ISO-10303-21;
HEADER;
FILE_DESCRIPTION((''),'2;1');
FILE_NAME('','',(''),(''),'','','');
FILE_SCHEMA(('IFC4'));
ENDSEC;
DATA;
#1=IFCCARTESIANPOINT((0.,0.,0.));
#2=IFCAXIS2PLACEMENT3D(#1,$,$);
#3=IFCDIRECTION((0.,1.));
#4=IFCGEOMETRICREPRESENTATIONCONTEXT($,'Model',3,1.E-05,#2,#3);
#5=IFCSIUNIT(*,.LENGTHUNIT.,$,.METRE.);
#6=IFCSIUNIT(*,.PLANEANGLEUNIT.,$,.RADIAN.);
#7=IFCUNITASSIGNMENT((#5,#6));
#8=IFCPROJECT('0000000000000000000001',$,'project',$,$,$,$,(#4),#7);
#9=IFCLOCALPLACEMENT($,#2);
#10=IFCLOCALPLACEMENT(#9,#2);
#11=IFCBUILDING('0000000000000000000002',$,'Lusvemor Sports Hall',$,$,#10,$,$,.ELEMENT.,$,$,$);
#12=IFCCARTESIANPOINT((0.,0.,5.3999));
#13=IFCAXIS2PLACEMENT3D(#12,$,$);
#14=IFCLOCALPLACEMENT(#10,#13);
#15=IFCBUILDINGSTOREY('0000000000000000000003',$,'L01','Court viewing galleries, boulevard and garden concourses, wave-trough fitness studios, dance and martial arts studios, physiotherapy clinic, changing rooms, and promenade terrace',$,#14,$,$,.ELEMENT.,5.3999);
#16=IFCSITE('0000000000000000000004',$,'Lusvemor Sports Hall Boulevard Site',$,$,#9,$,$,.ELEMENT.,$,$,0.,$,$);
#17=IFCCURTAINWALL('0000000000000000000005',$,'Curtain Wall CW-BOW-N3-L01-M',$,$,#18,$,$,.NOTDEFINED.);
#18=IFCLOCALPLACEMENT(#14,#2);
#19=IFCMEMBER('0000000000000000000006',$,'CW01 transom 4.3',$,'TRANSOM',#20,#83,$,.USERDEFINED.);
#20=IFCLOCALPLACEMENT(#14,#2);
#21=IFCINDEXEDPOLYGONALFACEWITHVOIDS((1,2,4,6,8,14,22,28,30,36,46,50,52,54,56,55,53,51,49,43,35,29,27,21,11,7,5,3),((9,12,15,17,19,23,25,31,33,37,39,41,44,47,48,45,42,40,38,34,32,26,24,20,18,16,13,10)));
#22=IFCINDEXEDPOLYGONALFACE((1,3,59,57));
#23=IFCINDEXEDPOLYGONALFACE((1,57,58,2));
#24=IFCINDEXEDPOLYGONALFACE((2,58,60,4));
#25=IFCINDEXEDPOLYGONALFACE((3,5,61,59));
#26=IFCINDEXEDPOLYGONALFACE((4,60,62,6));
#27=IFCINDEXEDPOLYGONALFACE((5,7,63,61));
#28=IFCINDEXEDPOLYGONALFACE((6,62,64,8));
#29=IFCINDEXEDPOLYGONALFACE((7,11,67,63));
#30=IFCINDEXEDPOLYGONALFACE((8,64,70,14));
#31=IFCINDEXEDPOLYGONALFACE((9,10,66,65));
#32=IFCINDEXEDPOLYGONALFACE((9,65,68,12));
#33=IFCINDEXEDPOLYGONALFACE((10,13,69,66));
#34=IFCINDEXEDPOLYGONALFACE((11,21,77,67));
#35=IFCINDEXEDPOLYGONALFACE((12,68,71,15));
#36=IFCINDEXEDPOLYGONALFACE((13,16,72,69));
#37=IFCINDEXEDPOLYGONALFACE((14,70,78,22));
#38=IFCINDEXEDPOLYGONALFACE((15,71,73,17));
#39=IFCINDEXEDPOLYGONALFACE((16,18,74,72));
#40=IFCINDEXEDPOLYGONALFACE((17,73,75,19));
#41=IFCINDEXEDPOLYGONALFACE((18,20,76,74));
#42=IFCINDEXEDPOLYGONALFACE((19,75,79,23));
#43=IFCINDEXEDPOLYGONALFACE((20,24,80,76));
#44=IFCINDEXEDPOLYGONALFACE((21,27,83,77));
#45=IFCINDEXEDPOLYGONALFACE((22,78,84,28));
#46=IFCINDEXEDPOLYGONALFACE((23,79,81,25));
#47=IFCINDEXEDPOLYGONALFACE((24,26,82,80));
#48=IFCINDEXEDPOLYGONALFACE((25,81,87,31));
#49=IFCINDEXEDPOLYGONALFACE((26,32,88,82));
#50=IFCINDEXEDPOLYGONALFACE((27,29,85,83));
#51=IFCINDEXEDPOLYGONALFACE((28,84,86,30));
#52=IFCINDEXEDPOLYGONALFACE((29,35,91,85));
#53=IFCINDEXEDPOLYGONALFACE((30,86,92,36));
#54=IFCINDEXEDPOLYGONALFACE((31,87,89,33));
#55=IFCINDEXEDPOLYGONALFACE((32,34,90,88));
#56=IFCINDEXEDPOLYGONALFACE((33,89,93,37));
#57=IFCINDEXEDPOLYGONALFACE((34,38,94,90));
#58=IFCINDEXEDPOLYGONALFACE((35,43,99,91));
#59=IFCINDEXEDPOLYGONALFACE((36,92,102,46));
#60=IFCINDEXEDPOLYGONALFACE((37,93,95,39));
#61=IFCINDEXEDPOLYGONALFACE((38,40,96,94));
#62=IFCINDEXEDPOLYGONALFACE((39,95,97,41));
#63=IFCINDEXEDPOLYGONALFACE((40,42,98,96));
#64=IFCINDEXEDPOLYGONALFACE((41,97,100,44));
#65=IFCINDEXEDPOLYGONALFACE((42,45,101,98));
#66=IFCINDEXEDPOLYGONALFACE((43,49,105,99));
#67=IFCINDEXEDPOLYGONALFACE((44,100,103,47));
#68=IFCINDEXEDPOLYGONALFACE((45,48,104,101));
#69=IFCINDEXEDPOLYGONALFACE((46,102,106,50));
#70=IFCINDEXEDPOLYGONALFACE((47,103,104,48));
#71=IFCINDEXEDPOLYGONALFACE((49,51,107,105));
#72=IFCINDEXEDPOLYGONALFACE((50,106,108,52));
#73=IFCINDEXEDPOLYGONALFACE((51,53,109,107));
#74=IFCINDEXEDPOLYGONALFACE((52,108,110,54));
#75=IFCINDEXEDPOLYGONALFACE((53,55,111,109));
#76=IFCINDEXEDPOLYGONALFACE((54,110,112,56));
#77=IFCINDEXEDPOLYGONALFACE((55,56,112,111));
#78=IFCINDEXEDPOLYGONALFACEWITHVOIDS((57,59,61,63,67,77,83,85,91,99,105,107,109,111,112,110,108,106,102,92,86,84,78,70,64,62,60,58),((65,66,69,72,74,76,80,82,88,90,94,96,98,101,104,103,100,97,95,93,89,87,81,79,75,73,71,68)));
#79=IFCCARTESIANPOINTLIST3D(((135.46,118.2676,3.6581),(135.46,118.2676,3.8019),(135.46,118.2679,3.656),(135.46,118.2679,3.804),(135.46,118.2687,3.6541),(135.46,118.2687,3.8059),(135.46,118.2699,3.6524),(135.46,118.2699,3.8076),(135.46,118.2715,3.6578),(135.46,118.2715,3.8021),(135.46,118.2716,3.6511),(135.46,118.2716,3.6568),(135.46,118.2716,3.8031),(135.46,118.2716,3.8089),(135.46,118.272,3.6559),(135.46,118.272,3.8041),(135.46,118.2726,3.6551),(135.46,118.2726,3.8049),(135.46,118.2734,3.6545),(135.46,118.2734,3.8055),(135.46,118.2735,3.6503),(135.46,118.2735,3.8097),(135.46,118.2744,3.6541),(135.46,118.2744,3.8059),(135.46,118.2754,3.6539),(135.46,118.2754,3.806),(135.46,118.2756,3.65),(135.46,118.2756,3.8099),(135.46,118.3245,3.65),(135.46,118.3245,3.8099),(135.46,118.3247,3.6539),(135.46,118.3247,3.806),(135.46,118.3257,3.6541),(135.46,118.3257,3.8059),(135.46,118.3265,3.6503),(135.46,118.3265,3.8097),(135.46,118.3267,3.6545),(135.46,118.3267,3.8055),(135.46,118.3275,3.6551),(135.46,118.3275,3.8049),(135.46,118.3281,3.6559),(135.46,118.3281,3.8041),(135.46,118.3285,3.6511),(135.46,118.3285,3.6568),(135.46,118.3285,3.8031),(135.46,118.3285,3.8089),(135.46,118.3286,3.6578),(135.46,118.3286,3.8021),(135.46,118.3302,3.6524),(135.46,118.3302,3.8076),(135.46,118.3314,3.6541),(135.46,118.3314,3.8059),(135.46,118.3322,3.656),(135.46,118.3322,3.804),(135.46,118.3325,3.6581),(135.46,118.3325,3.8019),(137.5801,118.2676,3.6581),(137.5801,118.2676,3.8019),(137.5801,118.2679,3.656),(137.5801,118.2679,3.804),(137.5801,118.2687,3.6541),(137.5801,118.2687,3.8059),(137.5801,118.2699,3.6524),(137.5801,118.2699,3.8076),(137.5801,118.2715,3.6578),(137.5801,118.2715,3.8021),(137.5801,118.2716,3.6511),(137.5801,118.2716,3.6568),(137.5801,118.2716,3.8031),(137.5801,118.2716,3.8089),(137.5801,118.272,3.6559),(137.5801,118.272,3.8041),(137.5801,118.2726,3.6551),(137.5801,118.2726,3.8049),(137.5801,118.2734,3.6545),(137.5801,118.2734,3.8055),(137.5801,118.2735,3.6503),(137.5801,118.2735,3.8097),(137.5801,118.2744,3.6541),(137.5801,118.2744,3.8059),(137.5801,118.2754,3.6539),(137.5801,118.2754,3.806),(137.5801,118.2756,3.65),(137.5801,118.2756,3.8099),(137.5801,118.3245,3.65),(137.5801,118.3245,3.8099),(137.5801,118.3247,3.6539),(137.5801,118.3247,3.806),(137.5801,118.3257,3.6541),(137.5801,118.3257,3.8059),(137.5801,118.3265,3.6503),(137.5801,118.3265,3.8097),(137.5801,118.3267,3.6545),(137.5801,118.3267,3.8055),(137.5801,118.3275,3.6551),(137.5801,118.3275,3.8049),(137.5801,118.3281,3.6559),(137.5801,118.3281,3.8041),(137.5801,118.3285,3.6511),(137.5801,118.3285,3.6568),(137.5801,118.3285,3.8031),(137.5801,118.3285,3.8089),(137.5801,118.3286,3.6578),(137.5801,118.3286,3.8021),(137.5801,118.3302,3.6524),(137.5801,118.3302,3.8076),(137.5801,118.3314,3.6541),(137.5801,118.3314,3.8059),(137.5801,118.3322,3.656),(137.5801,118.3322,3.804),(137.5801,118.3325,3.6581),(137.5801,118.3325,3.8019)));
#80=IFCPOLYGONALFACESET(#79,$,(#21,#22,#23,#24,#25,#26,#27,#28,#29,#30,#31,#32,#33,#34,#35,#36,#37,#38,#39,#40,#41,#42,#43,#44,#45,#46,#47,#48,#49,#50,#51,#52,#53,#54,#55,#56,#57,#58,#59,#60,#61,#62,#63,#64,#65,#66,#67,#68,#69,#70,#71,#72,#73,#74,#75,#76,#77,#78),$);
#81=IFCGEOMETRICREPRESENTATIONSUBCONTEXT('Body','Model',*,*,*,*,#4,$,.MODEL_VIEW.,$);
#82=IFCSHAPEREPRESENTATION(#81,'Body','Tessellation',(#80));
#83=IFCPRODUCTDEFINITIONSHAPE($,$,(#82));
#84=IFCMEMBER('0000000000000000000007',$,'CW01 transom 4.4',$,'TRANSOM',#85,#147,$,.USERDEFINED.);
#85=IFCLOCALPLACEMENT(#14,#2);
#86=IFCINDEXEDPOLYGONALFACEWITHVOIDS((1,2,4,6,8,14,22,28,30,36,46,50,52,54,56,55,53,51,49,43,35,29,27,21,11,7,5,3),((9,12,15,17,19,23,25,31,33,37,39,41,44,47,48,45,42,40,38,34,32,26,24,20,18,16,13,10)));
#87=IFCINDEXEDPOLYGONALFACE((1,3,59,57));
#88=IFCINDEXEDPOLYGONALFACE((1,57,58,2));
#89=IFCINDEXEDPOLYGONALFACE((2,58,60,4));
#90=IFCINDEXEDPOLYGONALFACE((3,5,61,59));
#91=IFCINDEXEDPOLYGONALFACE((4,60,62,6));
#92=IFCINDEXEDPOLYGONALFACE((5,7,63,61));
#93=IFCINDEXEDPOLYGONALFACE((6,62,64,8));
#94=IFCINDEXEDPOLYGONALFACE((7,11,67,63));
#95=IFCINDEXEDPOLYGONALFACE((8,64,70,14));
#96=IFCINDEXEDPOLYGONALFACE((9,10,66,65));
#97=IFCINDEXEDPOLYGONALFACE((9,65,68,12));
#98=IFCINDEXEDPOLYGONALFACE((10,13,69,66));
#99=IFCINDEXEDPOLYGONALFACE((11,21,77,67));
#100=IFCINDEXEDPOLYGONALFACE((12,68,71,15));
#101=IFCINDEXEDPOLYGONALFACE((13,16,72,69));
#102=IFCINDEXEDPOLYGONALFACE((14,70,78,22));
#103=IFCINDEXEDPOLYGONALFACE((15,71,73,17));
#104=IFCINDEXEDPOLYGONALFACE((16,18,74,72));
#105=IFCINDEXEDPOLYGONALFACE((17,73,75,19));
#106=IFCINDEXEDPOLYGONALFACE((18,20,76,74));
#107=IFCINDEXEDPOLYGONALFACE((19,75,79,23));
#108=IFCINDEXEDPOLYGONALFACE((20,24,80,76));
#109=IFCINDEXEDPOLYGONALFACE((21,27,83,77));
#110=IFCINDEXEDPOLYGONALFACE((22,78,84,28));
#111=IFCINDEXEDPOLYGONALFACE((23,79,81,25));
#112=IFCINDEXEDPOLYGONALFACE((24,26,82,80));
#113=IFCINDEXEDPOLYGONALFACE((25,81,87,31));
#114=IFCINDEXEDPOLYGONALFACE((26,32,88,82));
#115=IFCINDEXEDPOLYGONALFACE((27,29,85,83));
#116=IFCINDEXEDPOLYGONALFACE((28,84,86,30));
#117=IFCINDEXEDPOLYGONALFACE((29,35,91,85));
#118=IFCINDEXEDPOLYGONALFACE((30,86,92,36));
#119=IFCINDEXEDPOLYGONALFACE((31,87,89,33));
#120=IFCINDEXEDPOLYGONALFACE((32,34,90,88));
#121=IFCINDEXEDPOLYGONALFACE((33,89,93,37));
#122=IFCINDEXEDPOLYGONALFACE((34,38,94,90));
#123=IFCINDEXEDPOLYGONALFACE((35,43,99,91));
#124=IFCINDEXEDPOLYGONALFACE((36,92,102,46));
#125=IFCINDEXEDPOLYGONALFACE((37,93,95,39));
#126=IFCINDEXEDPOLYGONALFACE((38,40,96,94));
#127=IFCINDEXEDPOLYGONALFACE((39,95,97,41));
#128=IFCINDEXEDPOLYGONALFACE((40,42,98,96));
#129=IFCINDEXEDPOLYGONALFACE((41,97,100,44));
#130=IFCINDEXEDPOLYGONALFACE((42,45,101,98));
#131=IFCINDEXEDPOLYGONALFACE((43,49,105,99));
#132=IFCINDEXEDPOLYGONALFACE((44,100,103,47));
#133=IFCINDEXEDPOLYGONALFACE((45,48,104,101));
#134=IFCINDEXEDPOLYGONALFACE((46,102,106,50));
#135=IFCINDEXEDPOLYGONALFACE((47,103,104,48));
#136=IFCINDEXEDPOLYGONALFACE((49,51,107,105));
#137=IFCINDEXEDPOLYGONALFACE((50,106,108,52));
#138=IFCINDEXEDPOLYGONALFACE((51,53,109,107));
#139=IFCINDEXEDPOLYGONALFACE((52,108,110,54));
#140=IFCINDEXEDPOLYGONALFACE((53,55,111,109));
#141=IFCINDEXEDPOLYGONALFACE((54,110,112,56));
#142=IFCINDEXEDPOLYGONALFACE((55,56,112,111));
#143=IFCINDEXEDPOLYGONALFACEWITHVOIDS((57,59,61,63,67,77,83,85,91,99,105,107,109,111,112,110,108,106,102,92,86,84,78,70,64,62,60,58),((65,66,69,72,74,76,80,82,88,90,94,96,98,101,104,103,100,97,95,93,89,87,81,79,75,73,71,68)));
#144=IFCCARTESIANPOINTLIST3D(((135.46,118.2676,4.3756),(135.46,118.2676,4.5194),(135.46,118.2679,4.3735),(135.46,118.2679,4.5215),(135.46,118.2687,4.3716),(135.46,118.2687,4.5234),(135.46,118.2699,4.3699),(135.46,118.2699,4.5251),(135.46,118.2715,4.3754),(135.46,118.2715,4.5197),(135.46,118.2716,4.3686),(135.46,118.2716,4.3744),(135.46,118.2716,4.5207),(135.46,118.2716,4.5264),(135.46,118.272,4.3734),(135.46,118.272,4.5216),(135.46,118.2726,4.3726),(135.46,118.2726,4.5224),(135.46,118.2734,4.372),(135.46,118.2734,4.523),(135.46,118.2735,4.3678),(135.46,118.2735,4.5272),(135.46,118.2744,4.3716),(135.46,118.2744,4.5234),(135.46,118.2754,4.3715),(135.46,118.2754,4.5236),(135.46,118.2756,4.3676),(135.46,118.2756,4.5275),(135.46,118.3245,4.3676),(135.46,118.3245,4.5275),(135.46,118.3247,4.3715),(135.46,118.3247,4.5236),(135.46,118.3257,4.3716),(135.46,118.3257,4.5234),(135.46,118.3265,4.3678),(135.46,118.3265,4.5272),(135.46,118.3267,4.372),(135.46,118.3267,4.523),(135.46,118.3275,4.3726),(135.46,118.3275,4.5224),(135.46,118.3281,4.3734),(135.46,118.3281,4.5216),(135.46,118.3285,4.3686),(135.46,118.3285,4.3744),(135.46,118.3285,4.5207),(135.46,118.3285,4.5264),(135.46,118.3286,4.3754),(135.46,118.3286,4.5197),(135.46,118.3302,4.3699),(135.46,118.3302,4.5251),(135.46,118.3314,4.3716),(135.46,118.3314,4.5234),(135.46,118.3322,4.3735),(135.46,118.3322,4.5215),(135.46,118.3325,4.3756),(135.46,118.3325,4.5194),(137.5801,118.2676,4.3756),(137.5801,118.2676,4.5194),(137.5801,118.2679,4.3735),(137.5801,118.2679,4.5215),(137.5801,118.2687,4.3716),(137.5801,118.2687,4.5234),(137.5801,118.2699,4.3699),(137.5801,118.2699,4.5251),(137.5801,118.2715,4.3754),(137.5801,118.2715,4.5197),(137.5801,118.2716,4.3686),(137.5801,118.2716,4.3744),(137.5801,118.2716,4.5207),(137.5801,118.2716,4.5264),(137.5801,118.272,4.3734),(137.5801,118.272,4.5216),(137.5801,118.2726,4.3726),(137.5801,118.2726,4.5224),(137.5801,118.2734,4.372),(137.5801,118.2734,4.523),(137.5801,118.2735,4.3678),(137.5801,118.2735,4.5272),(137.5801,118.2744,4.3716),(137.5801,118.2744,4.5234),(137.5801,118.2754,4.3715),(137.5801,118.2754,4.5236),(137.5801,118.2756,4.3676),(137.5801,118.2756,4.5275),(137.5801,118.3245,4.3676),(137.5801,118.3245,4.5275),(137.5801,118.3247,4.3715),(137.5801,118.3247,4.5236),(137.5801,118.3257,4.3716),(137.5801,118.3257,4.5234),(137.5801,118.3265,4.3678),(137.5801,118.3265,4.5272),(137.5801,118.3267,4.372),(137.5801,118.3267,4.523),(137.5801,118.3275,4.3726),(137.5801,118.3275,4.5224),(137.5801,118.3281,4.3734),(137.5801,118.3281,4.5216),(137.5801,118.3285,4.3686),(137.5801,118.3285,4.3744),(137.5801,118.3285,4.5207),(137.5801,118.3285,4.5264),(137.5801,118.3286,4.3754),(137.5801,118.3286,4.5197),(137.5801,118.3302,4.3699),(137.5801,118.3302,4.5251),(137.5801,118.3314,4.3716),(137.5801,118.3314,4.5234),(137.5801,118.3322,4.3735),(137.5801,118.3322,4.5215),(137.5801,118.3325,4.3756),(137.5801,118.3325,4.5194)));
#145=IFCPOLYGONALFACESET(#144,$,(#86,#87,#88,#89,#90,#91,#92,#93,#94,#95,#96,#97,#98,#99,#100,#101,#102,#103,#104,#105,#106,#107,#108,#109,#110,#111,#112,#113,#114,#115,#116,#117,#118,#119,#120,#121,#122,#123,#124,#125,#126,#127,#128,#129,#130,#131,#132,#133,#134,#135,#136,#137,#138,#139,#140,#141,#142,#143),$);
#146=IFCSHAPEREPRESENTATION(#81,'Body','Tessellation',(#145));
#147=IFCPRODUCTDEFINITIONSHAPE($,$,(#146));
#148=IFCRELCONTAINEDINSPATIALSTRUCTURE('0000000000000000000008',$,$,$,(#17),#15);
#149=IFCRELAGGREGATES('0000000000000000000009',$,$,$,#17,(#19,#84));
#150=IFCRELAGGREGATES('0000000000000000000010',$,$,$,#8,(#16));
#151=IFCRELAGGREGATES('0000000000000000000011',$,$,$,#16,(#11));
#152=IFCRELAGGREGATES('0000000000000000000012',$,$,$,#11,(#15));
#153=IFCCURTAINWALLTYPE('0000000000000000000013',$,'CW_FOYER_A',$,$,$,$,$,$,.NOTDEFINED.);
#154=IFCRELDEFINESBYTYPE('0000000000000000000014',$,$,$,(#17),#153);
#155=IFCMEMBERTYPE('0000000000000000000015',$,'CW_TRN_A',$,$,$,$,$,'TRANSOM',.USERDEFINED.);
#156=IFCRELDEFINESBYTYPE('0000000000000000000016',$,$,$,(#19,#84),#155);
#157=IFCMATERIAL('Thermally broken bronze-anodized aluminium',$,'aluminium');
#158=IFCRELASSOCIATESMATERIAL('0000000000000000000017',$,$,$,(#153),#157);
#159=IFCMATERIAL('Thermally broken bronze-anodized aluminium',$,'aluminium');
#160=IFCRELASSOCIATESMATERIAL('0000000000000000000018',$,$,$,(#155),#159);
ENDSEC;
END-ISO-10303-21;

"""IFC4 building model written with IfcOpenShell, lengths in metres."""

from ifc_helpers import new_model, si_unit, direction, frame, origin, origin_2d, place, context, subcontext, project, spatial, hollow_rectangle, extrude, material, material_profile, profile_set, type_object, element, aggregate, save


model = new_model("IFC4")

# Units and contexts
model_context = context("Model", 3, precision=1e-05, world=origin(), true_north=direction((0.0, 1.0)))
body_context = subcontext(model_context, "Body", "Model", "MODEL_VIEW")
ifc_project = project(units=[si_unit("LENGTHUNIT", "METRE"), si_unit("PLANEANGLEUNIT", "RADIAN")], contexts=[model_context])

# Site, building, storey
site_placement = place(None, origin())
site = spatial("IfcSite", under=ifc_project, at=site_placement, Name="Lusvemor Sports Hall Boulevard Site", CompositionType="ELEMENT", RefElevation=0.0)
building_placement = place(site_placement, origin())
building = spatial("IfcBuilding", under=site, at=building_placement, Name="Lusvemor Sports Hall", CompositionType="ELEMENT")
storey_placement = place(building_placement, frame((0.0, 0.0, 5.3999)))
storey = spatial("IfcBuildingStorey", under=building, at=storey_placement, Name="L01", Description="Court viewing galleries, boulevard and garden concourses, wave-trough fitness studios, dance and martial arts studios, physiotherapy clinic, changing rooms, and promenade terrace", CompositionType="ELEMENT", Elevation=5.3999)

# Curtain wall
ifc_material_1 = material(Name="Thermally broken bronze-anodized aluminium", Category="aluminium")
curtain_wall_type_1 = type_object("IfcCurtainWallType", Name="CW_FOYER_A", PredefinedType="NOTDEFINED", material=ifc_material_1)
curtain_wall_1_placement = place(storey_placement, origin())
curtain_wall_1 = element("IfcCurtainWall", 1, at=curtain_wall_1_placement, inside=storey, type_object=curtain_wall_type_1, Name="Curtain Wall CW-BOW-N3-L01-M", PredefinedType="NOTDEFINED")

# Members
ifc_material_2 = material(Name="Thermally broken bronze-anodized aluminium", Category="aluminium")
ifc_material_profile_1 = material_profile(ifc_material_2, hollow_rectangle(XDim=0.0649, YDim=0.1599, WallThickness=0.0039, InnerFilletRadius=0.0039, OuterFilletRadius=0.0081, at=origin_2d()), Name="CWTRN160x65x4")
ifc_profile_set_1 = profile_set([ifc_material_profile_1], Name="Thermally broken bronze-anodized aluminium")
member_type_1 = type_object("IfcMemberType", Name="CW_TRN_A", ElementType="TRANSOM", PredefinedType="USERDEFINED", material=ifc_profile_set_1)
member_1_placement = place(storey_placement, frame((135.46, 118.3, 3.73), z_axis=(1.0, 0.0, 0.0), x_axis=(0.0, 1.0, 0.0)))
member_1 = element("IfcMember", 2, at=member_1_placement, type_object=member_type_1, Name="CW01 transom 4.3", ObjectType="TRANSOM", PredefinedType="USERDEFINED", context=body_context, shape_type="SweptSolid", body=[
    extrude(hollow_rectangle(XDim=0.0649, YDim=0.1599, WallThickness=0.0039, InnerFilletRadius=0.0039, OuterFilletRadius=0.0081, at=origin_2d()), origin(), (0.0, 0.0, 1.0), 2.1201),
])
member_2_placement = place(storey_placement, frame((135.46, 118.3, 4.4475), z_axis=(1.0, 0.0, 0.0), x_axis=(0.0, 1.0, 0.0)))
member_2 = element("IfcMember", 3, at=member_2_placement, type_object=member_type_1, Name="CW01 transom 4.4", ObjectType="TRANSOM", PredefinedType="USERDEFINED", context=body_context, shape_type="SweptSolid", body=[
    extrude(hollow_rectangle(XDim=0.0649, YDim=0.1599, WallThickness=0.0039, InnerFilletRadius=0.0039, OuterFilletRadius=0.0081, at=origin_2d()), origin(), (0.0, 0.0, 1.0), 2.1201),
])

aggregate(curtain_wall_1, [member_1, member_2])

save(model, "model.ifc")
